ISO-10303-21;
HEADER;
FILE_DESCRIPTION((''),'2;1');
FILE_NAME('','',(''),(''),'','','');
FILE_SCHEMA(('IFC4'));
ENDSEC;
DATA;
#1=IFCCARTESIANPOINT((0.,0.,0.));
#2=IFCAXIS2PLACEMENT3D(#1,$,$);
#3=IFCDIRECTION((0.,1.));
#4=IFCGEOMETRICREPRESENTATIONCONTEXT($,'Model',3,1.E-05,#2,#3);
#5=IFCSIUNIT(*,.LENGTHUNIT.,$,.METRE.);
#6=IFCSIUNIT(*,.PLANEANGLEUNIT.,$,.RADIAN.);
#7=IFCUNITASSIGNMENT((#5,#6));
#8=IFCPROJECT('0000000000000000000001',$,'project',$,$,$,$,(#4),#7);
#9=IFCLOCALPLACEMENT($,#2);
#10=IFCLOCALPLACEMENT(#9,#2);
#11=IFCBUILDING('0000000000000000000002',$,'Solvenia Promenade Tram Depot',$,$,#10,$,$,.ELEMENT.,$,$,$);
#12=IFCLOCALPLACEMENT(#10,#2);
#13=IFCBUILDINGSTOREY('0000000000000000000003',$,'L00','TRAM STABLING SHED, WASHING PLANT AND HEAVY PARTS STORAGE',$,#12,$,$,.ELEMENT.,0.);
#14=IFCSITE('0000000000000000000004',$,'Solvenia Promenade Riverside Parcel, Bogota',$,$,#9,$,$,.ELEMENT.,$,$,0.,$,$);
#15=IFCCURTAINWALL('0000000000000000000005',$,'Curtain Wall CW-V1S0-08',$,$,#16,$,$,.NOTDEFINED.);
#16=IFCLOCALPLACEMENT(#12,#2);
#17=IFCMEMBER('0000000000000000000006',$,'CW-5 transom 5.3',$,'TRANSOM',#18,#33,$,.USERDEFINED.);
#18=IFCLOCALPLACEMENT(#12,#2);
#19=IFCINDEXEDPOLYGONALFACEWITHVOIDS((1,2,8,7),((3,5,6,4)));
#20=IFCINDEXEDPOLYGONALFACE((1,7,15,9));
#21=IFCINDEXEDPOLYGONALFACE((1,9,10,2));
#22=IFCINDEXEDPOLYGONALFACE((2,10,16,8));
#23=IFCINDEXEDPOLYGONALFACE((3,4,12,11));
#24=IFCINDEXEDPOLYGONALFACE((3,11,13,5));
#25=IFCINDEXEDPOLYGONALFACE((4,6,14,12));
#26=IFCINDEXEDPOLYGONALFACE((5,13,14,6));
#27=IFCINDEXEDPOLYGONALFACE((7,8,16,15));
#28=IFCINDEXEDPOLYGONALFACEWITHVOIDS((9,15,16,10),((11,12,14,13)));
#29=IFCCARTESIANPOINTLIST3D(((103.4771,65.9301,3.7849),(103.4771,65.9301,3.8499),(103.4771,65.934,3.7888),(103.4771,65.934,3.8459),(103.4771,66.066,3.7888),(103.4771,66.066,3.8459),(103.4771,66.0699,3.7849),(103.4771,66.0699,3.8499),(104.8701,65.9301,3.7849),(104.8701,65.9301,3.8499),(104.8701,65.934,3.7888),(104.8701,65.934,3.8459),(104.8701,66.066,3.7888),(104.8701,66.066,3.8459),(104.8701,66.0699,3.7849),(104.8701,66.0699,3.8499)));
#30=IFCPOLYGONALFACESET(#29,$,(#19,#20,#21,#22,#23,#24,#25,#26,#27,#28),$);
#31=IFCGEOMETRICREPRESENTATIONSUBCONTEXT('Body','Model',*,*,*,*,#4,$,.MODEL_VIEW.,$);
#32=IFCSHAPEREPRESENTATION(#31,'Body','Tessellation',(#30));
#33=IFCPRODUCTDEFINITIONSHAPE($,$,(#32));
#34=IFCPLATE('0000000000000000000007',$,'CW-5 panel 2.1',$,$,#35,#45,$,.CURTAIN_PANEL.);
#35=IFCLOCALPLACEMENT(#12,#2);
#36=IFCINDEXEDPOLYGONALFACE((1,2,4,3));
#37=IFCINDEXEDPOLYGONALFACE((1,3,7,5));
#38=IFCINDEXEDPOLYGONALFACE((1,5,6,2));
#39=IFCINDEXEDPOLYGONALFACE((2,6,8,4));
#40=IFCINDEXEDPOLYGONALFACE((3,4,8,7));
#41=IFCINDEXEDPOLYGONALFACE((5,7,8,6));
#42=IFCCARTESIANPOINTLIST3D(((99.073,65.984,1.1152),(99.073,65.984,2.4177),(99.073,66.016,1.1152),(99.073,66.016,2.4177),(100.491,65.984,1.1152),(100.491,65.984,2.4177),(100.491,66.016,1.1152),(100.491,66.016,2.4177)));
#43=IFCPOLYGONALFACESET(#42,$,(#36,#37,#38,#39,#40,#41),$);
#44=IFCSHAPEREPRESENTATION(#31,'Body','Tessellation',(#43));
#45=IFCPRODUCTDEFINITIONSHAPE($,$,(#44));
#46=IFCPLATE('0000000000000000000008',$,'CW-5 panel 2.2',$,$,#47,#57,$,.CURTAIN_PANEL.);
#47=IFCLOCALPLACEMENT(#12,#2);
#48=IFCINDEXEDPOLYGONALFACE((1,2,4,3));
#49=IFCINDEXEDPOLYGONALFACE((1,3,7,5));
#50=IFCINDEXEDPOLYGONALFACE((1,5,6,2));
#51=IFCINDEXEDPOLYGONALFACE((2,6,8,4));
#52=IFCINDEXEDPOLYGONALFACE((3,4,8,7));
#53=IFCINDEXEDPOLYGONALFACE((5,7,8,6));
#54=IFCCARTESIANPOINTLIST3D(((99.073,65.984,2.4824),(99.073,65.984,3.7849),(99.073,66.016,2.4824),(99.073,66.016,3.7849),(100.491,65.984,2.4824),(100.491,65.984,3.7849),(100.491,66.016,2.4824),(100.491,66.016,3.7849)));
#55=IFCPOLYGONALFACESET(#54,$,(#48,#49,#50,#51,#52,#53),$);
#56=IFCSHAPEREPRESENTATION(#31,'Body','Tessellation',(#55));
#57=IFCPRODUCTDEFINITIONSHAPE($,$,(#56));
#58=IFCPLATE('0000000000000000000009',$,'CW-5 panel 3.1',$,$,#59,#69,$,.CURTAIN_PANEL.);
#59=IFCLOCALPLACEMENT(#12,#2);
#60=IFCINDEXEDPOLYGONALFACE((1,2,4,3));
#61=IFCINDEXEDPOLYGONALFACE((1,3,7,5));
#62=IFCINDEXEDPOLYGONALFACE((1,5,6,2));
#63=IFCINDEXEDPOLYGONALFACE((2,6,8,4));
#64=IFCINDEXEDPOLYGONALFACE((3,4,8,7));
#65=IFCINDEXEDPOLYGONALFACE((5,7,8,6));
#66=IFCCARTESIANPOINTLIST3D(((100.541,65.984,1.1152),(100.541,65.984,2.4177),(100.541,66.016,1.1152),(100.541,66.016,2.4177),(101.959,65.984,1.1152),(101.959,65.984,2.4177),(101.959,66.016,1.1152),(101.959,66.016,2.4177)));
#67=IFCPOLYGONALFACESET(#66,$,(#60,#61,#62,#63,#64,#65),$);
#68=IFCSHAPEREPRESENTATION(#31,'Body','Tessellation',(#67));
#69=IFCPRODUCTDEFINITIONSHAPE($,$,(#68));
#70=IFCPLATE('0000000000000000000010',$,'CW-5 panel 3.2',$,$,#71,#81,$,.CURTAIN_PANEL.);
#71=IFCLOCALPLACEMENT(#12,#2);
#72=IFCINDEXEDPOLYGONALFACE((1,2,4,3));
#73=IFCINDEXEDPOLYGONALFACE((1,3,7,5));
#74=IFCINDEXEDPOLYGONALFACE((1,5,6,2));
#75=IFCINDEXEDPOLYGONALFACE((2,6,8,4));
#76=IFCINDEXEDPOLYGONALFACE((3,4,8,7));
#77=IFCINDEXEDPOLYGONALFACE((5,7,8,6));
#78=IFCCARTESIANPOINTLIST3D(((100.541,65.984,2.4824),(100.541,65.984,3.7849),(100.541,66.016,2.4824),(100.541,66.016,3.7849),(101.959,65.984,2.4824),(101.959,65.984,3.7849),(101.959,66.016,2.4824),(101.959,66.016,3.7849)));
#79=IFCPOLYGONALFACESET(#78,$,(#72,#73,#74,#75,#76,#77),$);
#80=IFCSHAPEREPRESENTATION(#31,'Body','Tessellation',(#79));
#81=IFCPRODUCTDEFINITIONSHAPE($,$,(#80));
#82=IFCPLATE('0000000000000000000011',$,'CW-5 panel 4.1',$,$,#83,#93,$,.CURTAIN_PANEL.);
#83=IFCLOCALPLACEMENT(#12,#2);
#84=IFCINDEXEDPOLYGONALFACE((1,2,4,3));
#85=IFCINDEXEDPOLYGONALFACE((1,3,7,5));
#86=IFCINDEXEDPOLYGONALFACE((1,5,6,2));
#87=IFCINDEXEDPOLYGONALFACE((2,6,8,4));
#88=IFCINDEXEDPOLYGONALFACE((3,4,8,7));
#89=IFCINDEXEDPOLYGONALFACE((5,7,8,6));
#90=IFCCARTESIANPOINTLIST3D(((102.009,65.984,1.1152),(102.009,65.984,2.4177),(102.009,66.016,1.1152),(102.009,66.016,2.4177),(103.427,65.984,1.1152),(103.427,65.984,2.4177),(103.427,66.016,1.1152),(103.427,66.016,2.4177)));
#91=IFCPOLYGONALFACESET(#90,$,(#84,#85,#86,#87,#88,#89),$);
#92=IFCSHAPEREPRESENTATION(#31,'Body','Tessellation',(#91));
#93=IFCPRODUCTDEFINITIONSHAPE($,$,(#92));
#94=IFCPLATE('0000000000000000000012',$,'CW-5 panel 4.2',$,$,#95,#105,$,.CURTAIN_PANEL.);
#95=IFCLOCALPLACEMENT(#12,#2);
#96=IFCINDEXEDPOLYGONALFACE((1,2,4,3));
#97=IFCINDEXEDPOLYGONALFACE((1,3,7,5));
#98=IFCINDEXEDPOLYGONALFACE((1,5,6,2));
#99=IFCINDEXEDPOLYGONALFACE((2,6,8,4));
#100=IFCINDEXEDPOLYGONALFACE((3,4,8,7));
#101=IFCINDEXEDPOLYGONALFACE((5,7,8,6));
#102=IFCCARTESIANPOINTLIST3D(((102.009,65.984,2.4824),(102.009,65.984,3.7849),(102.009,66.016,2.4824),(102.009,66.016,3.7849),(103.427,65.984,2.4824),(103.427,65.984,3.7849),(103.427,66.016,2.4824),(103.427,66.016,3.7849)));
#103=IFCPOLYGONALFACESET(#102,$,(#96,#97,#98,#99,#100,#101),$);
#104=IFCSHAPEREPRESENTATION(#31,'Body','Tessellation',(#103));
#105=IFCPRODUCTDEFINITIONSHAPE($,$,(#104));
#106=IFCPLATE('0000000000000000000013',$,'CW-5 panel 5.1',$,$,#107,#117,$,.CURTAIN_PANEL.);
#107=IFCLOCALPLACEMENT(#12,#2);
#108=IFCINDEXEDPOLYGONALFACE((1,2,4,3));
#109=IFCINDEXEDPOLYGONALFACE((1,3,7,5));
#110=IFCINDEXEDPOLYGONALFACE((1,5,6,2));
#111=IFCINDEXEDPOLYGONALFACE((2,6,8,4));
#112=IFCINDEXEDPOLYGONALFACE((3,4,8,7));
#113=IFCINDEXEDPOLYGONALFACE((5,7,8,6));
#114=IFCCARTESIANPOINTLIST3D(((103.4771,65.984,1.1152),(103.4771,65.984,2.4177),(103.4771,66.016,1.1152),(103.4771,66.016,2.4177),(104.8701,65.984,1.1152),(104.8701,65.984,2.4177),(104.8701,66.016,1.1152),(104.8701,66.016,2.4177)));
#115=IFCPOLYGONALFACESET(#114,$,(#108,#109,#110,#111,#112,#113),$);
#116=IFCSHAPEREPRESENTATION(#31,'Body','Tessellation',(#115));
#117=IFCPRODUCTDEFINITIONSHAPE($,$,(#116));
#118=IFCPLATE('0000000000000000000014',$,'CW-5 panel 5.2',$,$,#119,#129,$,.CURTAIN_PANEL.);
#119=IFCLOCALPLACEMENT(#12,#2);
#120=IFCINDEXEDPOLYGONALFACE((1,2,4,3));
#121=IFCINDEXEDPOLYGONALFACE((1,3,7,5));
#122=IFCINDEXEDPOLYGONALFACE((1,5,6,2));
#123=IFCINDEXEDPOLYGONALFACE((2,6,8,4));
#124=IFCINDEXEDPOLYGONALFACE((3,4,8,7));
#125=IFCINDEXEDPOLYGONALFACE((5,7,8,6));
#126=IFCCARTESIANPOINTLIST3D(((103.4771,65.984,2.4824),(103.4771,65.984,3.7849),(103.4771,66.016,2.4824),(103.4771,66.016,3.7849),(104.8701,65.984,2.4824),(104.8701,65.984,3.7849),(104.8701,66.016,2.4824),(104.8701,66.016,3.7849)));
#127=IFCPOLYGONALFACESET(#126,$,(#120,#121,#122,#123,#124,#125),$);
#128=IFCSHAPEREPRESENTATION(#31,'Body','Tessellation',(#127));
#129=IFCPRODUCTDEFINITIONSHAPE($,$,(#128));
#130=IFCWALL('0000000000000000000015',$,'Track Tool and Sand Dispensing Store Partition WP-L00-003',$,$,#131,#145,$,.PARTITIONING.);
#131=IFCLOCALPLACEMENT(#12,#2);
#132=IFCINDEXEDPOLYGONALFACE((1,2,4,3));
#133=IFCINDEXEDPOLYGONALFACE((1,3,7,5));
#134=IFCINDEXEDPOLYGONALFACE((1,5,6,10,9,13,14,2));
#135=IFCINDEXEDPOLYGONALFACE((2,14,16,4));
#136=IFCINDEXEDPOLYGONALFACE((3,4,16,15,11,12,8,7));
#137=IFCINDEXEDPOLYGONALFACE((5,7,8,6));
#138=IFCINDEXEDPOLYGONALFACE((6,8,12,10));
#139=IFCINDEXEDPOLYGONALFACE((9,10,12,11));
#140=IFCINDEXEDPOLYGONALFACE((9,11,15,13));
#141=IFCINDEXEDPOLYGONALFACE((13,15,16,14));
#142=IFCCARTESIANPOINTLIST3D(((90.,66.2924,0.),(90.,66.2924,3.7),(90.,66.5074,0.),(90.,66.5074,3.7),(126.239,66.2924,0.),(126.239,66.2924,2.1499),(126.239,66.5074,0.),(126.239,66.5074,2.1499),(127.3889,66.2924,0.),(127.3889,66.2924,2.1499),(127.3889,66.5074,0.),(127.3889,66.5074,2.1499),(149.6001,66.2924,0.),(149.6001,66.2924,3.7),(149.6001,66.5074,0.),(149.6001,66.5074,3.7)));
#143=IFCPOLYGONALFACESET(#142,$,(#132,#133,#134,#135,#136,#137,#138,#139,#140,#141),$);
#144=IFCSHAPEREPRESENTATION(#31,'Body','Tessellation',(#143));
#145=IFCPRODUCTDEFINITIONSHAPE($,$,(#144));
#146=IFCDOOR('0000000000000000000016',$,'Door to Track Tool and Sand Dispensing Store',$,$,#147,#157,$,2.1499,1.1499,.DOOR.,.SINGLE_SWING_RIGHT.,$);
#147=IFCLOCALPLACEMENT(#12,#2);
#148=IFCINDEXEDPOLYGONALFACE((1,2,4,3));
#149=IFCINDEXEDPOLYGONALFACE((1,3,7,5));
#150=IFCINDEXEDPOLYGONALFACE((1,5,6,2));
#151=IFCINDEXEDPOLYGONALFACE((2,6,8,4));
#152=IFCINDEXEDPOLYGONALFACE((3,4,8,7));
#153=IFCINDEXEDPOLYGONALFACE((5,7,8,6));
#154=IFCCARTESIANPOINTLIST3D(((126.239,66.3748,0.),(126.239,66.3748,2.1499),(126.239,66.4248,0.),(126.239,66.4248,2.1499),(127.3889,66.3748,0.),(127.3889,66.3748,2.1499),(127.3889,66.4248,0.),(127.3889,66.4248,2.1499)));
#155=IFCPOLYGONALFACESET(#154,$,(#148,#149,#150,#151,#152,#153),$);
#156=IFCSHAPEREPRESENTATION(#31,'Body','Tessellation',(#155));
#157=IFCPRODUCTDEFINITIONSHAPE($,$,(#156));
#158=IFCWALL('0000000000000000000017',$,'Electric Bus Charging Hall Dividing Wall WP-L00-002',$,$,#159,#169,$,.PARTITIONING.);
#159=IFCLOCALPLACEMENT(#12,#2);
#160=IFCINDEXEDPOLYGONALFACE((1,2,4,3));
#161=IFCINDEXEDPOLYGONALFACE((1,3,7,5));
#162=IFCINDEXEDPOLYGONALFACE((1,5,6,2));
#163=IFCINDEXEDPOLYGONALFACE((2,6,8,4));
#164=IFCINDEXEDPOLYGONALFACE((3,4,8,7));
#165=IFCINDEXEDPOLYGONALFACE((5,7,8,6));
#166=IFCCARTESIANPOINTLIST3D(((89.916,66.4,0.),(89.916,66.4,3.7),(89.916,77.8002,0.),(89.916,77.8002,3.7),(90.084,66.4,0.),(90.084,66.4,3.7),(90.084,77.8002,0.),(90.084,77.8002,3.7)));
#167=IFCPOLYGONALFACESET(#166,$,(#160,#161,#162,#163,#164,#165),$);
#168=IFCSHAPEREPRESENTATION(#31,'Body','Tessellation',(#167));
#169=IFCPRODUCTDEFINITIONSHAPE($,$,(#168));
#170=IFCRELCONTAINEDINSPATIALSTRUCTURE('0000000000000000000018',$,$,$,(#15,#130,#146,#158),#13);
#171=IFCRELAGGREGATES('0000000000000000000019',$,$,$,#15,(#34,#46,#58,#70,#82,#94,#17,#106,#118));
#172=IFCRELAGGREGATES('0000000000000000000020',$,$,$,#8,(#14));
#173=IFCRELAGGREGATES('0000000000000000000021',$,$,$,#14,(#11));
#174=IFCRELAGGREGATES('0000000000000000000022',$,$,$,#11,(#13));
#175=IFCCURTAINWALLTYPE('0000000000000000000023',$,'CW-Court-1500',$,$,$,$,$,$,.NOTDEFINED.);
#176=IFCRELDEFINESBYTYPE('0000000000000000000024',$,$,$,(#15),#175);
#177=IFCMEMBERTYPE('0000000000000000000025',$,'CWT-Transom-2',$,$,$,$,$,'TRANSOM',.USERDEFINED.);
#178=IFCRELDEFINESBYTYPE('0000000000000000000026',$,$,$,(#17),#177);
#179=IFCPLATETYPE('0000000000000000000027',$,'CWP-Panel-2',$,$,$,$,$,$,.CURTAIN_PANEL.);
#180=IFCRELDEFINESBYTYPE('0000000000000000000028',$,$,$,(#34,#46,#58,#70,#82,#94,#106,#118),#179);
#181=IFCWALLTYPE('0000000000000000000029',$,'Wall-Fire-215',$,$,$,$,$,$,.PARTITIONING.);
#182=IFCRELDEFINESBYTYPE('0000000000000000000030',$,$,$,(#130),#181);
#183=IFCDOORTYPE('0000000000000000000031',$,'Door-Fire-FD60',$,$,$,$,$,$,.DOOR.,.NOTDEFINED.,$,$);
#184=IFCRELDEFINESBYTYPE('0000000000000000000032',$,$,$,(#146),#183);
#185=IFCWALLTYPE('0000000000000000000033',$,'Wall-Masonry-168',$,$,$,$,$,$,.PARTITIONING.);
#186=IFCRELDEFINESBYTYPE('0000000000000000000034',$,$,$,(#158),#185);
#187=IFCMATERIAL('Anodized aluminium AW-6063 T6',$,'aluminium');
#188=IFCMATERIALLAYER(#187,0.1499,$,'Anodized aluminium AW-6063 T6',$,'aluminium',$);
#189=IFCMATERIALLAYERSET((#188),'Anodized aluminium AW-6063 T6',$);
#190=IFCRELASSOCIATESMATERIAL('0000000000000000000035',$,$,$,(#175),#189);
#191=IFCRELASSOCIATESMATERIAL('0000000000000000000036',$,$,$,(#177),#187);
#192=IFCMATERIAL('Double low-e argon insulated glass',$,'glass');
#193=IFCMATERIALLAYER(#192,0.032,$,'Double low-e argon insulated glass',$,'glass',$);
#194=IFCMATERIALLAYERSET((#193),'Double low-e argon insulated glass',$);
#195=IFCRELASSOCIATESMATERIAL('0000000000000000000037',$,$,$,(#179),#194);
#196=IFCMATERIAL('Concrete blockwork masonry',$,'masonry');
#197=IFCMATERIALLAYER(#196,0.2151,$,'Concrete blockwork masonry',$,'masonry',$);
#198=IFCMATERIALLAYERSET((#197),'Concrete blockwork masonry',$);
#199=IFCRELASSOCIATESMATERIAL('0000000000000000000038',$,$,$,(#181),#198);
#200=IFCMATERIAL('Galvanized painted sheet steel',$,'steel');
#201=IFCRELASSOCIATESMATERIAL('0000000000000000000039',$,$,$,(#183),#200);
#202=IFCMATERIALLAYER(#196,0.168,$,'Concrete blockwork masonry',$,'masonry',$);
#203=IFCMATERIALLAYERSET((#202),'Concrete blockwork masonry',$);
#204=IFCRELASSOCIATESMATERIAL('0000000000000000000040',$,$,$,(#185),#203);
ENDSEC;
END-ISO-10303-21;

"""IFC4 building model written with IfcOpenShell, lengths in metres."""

from ifc_helpers import new_model, si_unit, direction, frame, frame_2d, origin, origin_2d, place, context, subcontext, project, spatial, rectangle, hollow_rectangle, extrude, material, layer, layer_set, material_profile, profile_set, type_object, element, fill, aggregate, save


model = new_model("IFC4")

# Units and contexts
model_context = context("Model", 3, precision=1e-05, world=origin(), true_north=direction((0.0, 1.0)))
body_context = subcontext(model_context, "Body", "Model", "MODEL_VIEW")
ifc_project = project(units=[si_unit("LENGTHUNIT", "METRE"), si_unit("PLANEANGLEUNIT", "RADIAN")], contexts=[model_context])

# Site, building, storey
site_placement = place(None, origin())
site = spatial("IfcSite", under=ifc_project, at=site_placement, Name="Solvenia Promenade Riverside Parcel, Bogota", CompositionType="ELEMENT", RefElevation=0.0)
building_placement = place(site_placement, origin())
building = spatial("IfcBuilding", under=site, at=building_placement, Name="Solvenia Promenade Tram Depot", CompositionType="ELEMENT")
storey_placement = place(building_placement, origin())
storey = spatial("IfcBuildingStorey", under=building, at=storey_placement, Name="L00", Description="TRAM STABLING SHED, WASHING PLANT AND HEAVY PARTS STORAGE", CompositionType="ELEMENT", Elevation=0.0)

# Curtain wall, member, plates
ifc_material_1 = material(Name="Anodized aluminium AW-6063 T6", Category="aluminium")
ifc_layer_1 = layer(ifc_material_1, 0.1499, Name="Anodized aluminium AW-6063 T6", Category="aluminium")
ifc_layer_set_1 = layer_set([ifc_layer_1], Name="Anodized aluminium AW-6063 T6")
curtain_wall_type = type_object("IfcCurtainWallType", Name="CW-Court-1500", PredefinedType="NOTDEFINED", material=ifc_layer_set_1)
curtain_wall_placement = place(storey_placement, origin())
curtain_wall = element("IfcCurtainWall", 1, at=curtain_wall_placement, inside=storey, type_object=curtain_wall_type, Name="Curtain Wall CW-V1S0-08", PredefinedType="NOTDEFINED")
ifc_material_profile_1 = material_profile(ifc_material_1, hollow_rectangle(XDim=0.1399, YDim=0.0649, WallThickness=0.0039, at=origin_2d()), Name="ALU-T2", Category="aluminium")
ifc_profile_set_1 = profile_set([ifc_material_profile_1], Name="Anodized aluminium AW-6063 T6")
member_type_1 = type_object("IfcMemberType", Name="CWT-Transom-2", ElementType="TRANSOM", PredefinedType="USERDEFINED", material=ifc_profile_set_1)
member_1_placement = place(storey_placement, frame((103.4771, 66.0, 3.8174), z_axis=(1.0, 0.0, 0.0), x_axis=(0.0, 1.0, 0.0)))
member_1 = element("IfcMember", 2, at=member_1_placement, type_object=member_type_1, Name="CW-5 transom 5.3", ObjectType="TRANSOM", PredefinedType="USERDEFINED", context=body_context, shape_type="SweptSolid", body=[
    extrude(hollow_rectangle(XDim=0.1399, YDim=0.0649, WallThickness=0.0039, at=origin_2d()), origin(), (0.0, 0.0, 1.0), 1.3931),
])
ifc_material_2 = material(Name="Double low-e argon insulated glass", Category="glass")
ifc_layer_2 = layer(ifc_material_2, 0.032, Name="Double low-e argon insulated glass", Category="glass")
ifc_layer_set_2 = layer_set([ifc_layer_2], Name="Double low-e argon insulated glass")
plate_type = type_object("IfcPlateType", Name="CWP-Panel-2", PredefinedType="CURTAIN_PANEL", material=ifc_layer_set_2)
plate_1_placement = place(storey_placement, frame((99.782, 66.0, 1.1152), z_axis=(0.0, 0.0, 1.0), x_axis=(1.0, 0.0, 0.0)))
plate_1 = element("IfcPlate", 3, at=plate_1_placement, type_object=plate_type, Name="CW-5 panel 2.1", PredefinedType="CURTAIN_PANEL", context=body_context, shape_type="SweptSolid", body=[
    extrude(rectangle(XDim=1.418, YDim=0.032, at=origin_2d()), origin(), (0.0, 0.0, 1.0), 1.3025),
])
plate_2_placement = place(storey_placement, frame((99.782, 66.0, 2.4824), z_axis=(0.0, 0.0, 1.0), x_axis=(1.0, 0.0, 0.0)))
plate_2 = element("IfcPlate", 4, at=plate_2_placement, type_object=plate_type, Name="CW-5 panel 2.2", PredefinedType="CURTAIN_PANEL", context=body_context, shape_type="SweptSolid", body=[
    extrude(rectangle(XDim=1.418, YDim=0.032, at=origin_2d()), origin(), (0.0, 0.0, 1.0), 1.3025),
])
plate_3_placement = place(storey_placement, frame((101.25, 66.0, 1.1152), z_axis=(0.0, 0.0, 1.0), x_axis=(1.0, 0.0, 0.0)))
plate_3 = element("IfcPlate", 5, at=plate_3_placement, type_object=plate_type, Name="CW-5 panel 3.1", PredefinedType="CURTAIN_PANEL", context=body_context, shape_type="SweptSolid", body=[
    extrude(rectangle(XDim=1.418, YDim=0.032, at=origin_2d()), origin(), (0.0, 0.0, 1.0), 1.3025),
])
plate_4_placement = place(storey_placement, frame((101.25, 66.0, 2.4824), z_axis=(0.0, 0.0, 1.0), x_axis=(1.0, 0.0, 0.0)))
plate_4 = element("IfcPlate", 6, at=plate_4_placement, type_object=plate_type, Name="CW-5 panel 3.2", PredefinedType="CURTAIN_PANEL", context=body_context, shape_type="SweptSolid", body=[
    extrude(rectangle(XDim=1.418, YDim=0.032, at=origin_2d()), origin(), (0.0, 0.0, 1.0), 1.3025),
])
plate_5_placement = place(storey_placement, frame((102.718, 66.0, 1.1152), z_axis=(0.0, 0.0, 1.0), x_axis=(1.0, 0.0, 0.0)))
plate_5 = element("IfcPlate", 7, at=plate_5_placement, type_object=plate_type, Name="CW-5 panel 4.1", PredefinedType="CURTAIN_PANEL", context=body_context, shape_type="SweptSolid", body=[
    extrude(rectangle(XDim=1.418, YDim=0.032, at=origin_2d()), origin(), (0.0, 0.0, 1.0), 1.3025),
])
plate_6_placement = place(storey_placement, frame((102.718, 66.0, 2.4824), z_axis=(0.0, 0.0, 1.0), x_axis=(1.0, 0.0, 0.0)))
plate_6 = element("IfcPlate", 8, at=plate_6_placement, type_object=plate_type, Name="CW-5 panel 4.2", PredefinedType="CURTAIN_PANEL", context=body_context, shape_type="SweptSolid", body=[
    extrude(rectangle(XDim=1.418, YDim=0.032, at=origin_2d()), origin(), (0.0, 0.0, 1.0), 1.3025),
])
plate_7_placement = place(storey_placement, frame((104.1736, 66.0, 1.1152), z_axis=(0.0, 0.0, 1.0), x_axis=(1.0, 0.0, 0.0)))
plate_7 = element("IfcPlate", 9, at=plate_7_placement, type_object=plate_type, Name="CW-5 panel 5.1", PredefinedType="CURTAIN_PANEL", context=body_context, shape_type="SweptSolid", body=[
    extrude(rectangle(XDim=1.3931, YDim=0.032, at=origin_2d()), origin(), (0.0, 0.0, 1.0), 1.3025),
])
plate_8_placement = place(storey_placement, frame((104.1736, 66.0, 2.4824), z_axis=(0.0, 0.0, 1.0), x_axis=(1.0, 0.0, 0.0)))
plate_8 = element("IfcPlate", 10, at=plate_8_placement, type_object=plate_type, Name="CW-5 panel 5.2", PredefinedType="CURTAIN_PANEL", context=body_context, shape_type="SweptSolid", body=[
    extrude(rectangle(XDim=1.3931, YDim=0.032, at=origin_2d()), origin(), (0.0, 0.0, 1.0), 1.3025),
])
aggregate(curtain_wall, [plate_1, plate_2, plate_3, plate_4, plate_5, plate_6, member_1, plate_7, plate_8])

# Wall, opening, door
ifc_material_3 = material(Name="Concrete blockwork masonry", Category="masonry")
ifc_layer_3 = layer(ifc_material_3, 0.2151, Name="Concrete blockwork masonry", Category="masonry")
ifc_layer_set_3 = layer_set([ifc_layer_3], Name="Concrete blockwork masonry")
wall_type_1 = type_object("IfcWallType", Name="Wall-Fire-215", PredefinedType="PARTITIONING", material=ifc_layer_set_3)
wall_1_placement = place(storey_placement, frame((90.0, 66.3999, 0.0), z_axis=(0.0, 0.0, 1.0), x_axis=(1.0, 0.0, 0.0)))
wall_1 = element("IfcWall", 11, at=wall_1_placement, inside=storey, type_object=wall_type_1, Name="Track Tool and Sand Dispensing Store Partition WP-L00-003", PredefinedType="PARTITIONING", context=body_context, shape_type="SweptSolid", body=[
    extrude(rectangle(XDim=59.6001, YDim=0.2151, at=frame_2d((29.8, 0.0))), origin(), (0.0, 0.0, 1.0), 3.7),
])
opening_placement = place(wall_1_placement, frame((36.239, 0.0, 0.0)))
opening = element("IfcOpeningElement", 12, at=opening_placement, cuts=wall_1, PredefinedType="OPENING", context=body_context, shape_type="SweptSolid", body=[
    extrude(rectangle(XDim=1.1499, YDim=2.1499, at=frame_2d((0.575, 1.075))), frame((0.0, 0.1174, 0.0), z_axis=(0.0, -1.0, 0.0), x_axis=(1.0, 0.0, 0.0)), (0.0, 0.0, 1.0), 0.2351),
])
ifc_material_4 = material(Name="Galvanized painted sheet steel", Category="steel")
door_type = type_object("IfcDoorType", Name="Door-Fire-FD60", OperationType="NOTDEFINED", PredefinedType="DOOR", material=ifc_material_4)
door_placement = place(opening_placement, origin())
door = element("IfcDoor", 13, at=door_placement, inside=storey, type_object=door_type, Name="Door to Track Tool and Sand Dispensing Store", OperationType="SINGLE_SWING_RIGHT", OverallHeight=2.1499, OverallWidth=1.1499, PredefinedType="DOOR", context=body_context, shape_type="SweptSolid", body=[
    extrude(rectangle(XDim=1.1499, YDim=2.1499, at=frame_2d((0.575, 1.075))), frame((0.0, 0.0249, 0.0), z_axis=(0.0, -1.0, 0.0), x_axis=(1.0, 0.0, 0.0)), (0.0, 0.0, 1.0), 0.05),
])
fill(opening, door)

# Wall
ifc_layer_4 = layer(ifc_material_3, 0.168, Name="Concrete blockwork masonry", Category="masonry")
ifc_layer_set_4 = layer_set([ifc_layer_4], Name="Concrete blockwork masonry")
wall_type_2 = type_object("IfcWallType", Name="Wall-Masonry-168", PredefinedType="PARTITIONING", material=ifc_layer_set_4)
wall_2_placement = place(storey_placement, frame((90.0, 66.3999, 0.0), z_axis=(0.0, 0.0, 1.0), x_axis=(0.0, 1.0, 0.0)))
element("IfcWall", 14, at=wall_2_placement, inside=storey, type_object=wall_type_2, Name="Electric Bus Charging Hall Dividing Wall WP-L00-002", PredefinedType="PARTITIONING", context=body_context, shape_type="SweptSolid", body=[
    extrude(rectangle(XDim=11.4001, YDim=0.168, at=frame_2d((5.7002, 0.0))), origin(), (0.0, 0.0, 1.0), 3.7),
])

save(model, "model.ifc")
